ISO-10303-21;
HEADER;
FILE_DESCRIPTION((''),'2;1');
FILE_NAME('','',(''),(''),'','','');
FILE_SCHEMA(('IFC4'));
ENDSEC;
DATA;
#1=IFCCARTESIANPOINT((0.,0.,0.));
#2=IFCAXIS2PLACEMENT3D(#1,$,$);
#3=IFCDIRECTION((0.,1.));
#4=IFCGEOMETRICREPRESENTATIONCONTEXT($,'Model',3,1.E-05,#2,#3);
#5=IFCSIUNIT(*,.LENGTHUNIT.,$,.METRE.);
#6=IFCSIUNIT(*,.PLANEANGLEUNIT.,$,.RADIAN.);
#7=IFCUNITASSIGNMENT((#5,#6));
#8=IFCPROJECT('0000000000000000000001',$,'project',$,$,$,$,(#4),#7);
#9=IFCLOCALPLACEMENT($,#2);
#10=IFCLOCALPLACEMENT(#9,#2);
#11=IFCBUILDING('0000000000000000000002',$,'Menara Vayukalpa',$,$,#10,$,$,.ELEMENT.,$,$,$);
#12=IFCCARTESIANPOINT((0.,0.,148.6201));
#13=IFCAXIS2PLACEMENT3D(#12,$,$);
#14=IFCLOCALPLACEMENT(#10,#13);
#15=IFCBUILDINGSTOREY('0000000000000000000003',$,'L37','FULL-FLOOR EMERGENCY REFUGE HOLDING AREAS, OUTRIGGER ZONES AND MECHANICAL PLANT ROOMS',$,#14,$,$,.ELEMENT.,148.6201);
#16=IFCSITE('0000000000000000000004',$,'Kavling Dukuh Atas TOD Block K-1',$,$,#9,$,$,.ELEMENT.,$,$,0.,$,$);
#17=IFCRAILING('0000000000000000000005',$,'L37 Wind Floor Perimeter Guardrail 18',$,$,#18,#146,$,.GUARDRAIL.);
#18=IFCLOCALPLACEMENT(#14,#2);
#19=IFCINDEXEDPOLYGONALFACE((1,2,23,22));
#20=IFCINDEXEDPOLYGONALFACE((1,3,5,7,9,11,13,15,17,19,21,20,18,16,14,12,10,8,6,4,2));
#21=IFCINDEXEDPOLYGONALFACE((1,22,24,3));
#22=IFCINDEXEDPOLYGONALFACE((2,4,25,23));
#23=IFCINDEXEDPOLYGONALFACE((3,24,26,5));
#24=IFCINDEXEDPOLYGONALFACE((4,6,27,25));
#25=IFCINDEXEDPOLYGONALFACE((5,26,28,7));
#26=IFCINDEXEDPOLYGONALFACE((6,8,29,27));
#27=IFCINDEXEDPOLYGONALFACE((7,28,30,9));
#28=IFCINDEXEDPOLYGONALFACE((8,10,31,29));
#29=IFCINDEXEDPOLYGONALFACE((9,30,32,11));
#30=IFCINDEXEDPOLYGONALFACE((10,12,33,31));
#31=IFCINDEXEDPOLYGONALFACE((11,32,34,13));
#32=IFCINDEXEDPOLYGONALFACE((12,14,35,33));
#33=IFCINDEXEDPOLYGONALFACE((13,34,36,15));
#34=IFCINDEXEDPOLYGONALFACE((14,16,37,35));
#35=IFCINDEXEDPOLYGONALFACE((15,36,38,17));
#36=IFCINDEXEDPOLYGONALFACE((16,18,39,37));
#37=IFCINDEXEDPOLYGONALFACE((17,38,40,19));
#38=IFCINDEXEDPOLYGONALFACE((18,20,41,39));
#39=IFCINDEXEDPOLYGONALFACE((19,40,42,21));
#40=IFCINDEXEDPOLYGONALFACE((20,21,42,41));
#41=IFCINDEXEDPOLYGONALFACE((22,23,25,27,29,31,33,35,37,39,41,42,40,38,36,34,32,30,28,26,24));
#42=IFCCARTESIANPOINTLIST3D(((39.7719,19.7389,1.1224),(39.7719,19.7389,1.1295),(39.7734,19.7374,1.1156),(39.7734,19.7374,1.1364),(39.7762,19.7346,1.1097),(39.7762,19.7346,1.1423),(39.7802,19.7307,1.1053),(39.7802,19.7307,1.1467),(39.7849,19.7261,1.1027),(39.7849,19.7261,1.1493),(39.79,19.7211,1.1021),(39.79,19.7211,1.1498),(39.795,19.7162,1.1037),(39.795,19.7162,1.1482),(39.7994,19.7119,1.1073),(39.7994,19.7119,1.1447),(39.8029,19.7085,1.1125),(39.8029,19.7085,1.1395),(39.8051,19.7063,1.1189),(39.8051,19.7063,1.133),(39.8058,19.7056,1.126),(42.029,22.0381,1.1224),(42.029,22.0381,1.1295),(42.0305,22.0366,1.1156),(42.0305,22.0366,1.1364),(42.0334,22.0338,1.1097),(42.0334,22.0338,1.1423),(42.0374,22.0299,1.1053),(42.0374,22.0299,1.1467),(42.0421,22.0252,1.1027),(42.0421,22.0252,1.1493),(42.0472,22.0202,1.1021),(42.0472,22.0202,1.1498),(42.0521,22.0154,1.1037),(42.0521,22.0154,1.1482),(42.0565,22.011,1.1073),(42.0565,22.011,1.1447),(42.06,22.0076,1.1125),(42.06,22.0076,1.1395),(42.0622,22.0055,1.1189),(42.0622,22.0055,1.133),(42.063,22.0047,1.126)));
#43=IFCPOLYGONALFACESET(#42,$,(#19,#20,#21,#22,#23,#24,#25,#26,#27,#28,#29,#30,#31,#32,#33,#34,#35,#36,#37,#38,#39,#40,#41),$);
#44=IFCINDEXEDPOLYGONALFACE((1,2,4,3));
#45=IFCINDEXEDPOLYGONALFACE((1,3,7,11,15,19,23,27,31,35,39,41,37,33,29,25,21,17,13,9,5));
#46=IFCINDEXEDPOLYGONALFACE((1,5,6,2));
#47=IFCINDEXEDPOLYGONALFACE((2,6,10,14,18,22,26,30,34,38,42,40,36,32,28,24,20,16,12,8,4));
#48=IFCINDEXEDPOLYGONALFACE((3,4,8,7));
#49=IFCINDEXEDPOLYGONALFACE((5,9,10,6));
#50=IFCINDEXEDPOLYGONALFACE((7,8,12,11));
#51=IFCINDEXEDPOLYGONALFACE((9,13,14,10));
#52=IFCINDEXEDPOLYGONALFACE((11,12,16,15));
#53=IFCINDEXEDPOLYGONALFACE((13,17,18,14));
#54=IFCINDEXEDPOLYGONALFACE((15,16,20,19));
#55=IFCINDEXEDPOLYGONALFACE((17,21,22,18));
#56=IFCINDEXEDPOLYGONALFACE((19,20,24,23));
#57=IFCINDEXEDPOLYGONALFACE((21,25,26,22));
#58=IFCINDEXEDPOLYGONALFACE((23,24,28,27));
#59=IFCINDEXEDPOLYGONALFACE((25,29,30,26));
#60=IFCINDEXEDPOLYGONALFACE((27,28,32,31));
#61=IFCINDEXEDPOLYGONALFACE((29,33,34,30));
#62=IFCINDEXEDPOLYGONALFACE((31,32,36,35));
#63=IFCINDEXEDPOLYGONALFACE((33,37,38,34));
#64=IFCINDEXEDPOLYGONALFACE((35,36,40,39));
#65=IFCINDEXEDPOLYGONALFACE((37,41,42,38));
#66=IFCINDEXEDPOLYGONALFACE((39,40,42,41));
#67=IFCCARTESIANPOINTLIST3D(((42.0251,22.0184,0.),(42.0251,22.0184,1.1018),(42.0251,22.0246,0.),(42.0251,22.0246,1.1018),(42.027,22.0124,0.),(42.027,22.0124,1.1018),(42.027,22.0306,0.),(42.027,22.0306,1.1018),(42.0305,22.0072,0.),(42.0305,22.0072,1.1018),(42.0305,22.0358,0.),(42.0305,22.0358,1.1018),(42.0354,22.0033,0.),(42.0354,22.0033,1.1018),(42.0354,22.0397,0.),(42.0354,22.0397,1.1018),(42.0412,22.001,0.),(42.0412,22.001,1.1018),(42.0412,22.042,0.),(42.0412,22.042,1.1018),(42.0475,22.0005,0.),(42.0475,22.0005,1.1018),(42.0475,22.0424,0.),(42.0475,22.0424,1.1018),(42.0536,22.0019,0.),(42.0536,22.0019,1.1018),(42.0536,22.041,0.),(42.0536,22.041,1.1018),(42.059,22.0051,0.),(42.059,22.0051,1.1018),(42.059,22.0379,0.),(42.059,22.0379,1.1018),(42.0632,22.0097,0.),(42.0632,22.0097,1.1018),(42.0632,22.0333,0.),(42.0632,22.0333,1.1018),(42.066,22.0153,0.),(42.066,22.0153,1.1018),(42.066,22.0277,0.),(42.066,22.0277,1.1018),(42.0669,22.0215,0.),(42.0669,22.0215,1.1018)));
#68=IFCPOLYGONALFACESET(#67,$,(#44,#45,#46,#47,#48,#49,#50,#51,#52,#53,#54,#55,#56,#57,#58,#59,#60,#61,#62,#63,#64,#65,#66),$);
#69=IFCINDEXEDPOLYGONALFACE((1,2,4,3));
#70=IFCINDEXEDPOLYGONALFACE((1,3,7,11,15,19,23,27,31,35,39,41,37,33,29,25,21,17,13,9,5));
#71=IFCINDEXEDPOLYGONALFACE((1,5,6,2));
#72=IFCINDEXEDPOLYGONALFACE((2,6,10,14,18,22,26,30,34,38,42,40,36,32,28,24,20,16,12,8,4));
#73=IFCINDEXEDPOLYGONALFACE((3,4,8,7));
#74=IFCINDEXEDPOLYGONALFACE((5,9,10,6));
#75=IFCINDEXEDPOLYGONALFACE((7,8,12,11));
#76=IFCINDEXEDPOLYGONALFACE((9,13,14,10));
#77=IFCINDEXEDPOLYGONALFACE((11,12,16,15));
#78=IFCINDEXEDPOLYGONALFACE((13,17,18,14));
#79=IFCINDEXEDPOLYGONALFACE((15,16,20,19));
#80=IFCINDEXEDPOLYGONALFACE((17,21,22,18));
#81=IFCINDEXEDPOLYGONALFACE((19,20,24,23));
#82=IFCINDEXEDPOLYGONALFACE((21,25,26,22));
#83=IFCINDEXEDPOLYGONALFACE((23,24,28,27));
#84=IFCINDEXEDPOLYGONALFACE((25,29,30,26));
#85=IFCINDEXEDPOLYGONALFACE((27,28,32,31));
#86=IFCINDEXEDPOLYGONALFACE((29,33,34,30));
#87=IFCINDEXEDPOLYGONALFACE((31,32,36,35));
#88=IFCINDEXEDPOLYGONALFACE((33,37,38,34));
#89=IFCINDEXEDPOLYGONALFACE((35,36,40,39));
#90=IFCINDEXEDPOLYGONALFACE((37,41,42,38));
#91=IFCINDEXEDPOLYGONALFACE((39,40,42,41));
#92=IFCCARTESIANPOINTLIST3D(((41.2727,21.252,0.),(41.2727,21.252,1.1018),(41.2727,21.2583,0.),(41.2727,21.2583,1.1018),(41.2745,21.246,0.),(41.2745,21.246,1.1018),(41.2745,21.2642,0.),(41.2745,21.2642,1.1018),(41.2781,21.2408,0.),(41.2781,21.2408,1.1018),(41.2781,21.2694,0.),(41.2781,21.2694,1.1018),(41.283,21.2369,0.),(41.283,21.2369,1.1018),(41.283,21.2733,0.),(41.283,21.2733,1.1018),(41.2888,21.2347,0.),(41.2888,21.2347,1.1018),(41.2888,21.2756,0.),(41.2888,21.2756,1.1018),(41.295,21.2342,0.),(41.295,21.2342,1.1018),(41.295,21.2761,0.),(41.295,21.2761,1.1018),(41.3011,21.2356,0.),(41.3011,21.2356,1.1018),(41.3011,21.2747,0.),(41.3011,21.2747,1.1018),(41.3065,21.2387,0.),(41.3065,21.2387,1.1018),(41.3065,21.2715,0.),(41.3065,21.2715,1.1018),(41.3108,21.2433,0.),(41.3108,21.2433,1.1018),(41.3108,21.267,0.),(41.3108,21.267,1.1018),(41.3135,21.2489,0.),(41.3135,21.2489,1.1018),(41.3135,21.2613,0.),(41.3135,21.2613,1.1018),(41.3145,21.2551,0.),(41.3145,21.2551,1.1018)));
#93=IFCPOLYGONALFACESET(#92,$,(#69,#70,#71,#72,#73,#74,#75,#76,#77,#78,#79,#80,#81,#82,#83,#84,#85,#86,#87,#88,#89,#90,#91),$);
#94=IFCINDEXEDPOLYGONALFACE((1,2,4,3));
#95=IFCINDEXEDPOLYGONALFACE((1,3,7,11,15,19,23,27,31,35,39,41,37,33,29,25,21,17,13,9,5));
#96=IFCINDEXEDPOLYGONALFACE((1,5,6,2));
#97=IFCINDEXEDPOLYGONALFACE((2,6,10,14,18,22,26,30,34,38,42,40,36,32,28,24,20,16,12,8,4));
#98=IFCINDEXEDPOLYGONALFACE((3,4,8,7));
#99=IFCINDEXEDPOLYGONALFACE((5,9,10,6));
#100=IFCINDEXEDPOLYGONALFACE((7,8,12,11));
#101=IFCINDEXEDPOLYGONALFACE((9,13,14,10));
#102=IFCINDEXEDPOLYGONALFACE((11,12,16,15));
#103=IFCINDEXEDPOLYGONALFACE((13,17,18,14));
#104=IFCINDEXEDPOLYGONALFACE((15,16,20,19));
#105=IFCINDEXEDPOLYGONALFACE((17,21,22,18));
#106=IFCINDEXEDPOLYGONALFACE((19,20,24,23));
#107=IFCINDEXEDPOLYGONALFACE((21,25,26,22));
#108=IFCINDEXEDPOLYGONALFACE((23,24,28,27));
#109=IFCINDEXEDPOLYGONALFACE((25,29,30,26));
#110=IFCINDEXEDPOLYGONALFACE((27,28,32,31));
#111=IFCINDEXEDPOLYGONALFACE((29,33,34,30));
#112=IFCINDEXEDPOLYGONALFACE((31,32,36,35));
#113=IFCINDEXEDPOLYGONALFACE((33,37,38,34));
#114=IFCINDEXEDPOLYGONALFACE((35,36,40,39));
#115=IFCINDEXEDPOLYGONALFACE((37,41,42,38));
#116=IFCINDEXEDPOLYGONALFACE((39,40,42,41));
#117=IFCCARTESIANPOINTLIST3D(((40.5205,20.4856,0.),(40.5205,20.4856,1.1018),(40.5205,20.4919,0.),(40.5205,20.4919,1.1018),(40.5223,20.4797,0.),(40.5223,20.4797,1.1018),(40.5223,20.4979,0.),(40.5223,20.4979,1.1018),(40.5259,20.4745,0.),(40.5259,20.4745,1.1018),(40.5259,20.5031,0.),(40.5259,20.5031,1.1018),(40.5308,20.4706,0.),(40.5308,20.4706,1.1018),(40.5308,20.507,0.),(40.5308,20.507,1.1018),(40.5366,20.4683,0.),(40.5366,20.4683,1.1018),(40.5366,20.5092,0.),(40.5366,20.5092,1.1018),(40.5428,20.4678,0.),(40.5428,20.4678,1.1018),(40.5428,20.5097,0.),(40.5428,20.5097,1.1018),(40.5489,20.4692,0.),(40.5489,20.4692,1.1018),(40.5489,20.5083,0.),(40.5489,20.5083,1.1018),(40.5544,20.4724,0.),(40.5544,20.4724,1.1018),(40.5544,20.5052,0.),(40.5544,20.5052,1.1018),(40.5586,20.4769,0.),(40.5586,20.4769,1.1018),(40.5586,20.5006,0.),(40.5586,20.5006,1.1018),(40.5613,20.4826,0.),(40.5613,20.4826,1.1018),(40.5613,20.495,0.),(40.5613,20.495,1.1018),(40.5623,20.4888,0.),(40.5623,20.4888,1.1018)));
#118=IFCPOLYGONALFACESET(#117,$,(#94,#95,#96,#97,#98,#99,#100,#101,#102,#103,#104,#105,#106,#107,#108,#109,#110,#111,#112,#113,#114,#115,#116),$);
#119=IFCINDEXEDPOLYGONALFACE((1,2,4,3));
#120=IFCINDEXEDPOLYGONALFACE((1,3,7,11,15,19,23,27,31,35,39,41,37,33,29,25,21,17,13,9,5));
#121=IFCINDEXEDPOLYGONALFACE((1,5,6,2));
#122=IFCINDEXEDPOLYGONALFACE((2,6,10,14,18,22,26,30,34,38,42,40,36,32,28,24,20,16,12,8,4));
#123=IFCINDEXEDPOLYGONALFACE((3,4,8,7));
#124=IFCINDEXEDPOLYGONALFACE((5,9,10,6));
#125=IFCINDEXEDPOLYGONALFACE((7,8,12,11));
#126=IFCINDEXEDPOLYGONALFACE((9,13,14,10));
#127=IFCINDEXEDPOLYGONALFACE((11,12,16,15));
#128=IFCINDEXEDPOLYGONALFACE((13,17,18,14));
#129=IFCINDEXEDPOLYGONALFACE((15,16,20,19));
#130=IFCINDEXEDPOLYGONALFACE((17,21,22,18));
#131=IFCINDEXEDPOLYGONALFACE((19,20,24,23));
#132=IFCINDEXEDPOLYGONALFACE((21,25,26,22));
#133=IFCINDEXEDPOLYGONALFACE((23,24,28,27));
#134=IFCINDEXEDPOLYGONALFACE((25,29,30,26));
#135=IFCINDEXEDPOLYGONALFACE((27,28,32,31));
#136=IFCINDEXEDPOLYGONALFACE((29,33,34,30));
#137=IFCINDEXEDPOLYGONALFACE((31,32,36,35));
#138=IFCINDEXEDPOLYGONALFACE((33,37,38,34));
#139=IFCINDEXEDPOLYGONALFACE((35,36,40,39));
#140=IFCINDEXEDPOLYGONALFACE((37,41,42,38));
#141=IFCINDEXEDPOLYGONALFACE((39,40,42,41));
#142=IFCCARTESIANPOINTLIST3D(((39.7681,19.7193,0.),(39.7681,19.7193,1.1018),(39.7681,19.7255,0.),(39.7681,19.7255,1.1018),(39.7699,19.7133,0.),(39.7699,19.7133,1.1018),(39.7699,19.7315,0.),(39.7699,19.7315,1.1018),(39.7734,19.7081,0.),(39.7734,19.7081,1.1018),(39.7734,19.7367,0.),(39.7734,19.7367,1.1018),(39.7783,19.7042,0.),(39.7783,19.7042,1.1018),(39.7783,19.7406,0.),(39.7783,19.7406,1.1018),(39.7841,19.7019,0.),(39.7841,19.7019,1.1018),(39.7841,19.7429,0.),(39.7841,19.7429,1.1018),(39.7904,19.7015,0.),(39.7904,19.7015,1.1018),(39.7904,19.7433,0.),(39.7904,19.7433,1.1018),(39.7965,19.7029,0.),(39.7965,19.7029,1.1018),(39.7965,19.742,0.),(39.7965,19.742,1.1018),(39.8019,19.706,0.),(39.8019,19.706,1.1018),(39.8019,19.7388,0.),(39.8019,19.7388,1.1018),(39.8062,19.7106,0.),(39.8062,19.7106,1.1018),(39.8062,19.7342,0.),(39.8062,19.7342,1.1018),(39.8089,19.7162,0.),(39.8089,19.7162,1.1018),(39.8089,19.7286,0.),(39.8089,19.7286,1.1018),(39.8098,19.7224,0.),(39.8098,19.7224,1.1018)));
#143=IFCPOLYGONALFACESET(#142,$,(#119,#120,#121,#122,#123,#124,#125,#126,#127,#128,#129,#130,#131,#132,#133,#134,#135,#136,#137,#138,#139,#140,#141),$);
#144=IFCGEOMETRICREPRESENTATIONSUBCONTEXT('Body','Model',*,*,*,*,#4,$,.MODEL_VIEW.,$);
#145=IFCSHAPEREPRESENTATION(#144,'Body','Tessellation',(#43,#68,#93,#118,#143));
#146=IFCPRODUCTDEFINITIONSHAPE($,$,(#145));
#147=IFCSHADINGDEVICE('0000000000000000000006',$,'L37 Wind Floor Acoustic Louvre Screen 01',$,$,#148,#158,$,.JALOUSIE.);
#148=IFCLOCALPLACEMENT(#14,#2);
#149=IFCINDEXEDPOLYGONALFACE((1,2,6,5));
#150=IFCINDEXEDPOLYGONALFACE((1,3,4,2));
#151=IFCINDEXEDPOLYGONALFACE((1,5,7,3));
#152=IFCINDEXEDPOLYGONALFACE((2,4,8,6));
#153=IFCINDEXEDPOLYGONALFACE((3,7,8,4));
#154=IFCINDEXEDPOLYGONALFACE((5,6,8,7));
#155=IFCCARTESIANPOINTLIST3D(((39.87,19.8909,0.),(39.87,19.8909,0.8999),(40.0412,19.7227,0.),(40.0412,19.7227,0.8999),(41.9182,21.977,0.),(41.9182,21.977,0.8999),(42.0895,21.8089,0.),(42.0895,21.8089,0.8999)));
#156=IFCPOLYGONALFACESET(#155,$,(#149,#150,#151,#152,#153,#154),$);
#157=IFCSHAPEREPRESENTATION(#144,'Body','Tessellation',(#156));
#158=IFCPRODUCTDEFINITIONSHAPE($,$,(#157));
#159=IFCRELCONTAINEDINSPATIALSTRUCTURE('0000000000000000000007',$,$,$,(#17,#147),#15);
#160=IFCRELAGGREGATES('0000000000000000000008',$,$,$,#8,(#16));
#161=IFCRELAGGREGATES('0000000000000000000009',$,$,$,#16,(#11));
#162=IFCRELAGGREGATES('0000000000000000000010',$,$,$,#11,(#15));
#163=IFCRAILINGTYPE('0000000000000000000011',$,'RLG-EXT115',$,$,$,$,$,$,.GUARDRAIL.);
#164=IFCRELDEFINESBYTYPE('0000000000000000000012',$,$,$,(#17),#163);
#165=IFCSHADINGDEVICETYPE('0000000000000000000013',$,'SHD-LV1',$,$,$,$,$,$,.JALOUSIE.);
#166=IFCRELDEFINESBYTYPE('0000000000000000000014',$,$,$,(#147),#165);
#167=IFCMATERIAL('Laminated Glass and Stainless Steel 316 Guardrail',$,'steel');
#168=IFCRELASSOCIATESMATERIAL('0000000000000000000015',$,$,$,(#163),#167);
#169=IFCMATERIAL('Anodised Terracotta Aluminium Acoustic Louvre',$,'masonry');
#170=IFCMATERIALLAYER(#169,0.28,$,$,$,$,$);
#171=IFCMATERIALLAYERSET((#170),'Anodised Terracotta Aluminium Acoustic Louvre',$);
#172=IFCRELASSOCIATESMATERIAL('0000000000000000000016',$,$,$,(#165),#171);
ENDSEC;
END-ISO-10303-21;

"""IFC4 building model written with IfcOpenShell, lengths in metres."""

from ifc_helpers import new_model, si_unit, direction, frame, origin, origin_2d, place, context, subcontext, project, spatial, rectangle, circle, extrude, material, layer, layer_set, type_object, element, save


model = new_model("IFC4")

# Units and contexts
model_context = context("Model", 3, precision=1e-05, world=origin(), true_north=direction((0.0, 1.0)))
body_context = subcontext(model_context, "Body", "Model", "MODEL_VIEW")
ifc_project = project(units=[si_unit("LENGTHUNIT", "METRE"), si_unit("PLANEANGLEUNIT", "RADIAN")], contexts=[model_context])

# Site, building, storey
site_placement = place(None, origin())
site = spatial("IfcSite", under=ifc_project, at=site_placement, Name="Kavling Dukuh Atas TOD Block K-1", CompositionType="ELEMENT", RefElevation=0.0)
building_placement = place(site_placement, origin())
building = spatial("IfcBuilding", under=site, at=building_placement, Name="Menara Vayukalpa", CompositionType="ELEMENT")
storey_placement = place(building_placement, frame((0.0, 0.0, 148.6201)))
storey = spatial("IfcBuildingStorey", under=building, at=storey_placement, Name="L37", Description="FULL-FLOOR EMERGENCY REFUGE HOLDING AREAS, OUTRIGGER ZONES AND MECHANICAL PLANT ROOMS", CompositionType="ELEMENT", Elevation=148.6201)

# Railing
ifc_material_1 = material(Name="Laminated Glass and Stainless Steel 316 Guardrail", Category="steel")
railing_type = type_object("IfcRailingType", Name="RLG-EXT115", PredefinedType="GUARDRAIL", material=ifc_material_1)
railing_1_placement = place(storey_placement, frame((42.0459, 22.0215, 0.0)))
element("IfcRailing", 1, at=railing_1_placement, inside=storey, type_object=railing_type, Name="L37 Wind Floor Perimeter Guardrail 18", PredefinedType="GUARDRAIL", context=body_context, shape_type="SweptSolid", body=[
    extrude(circle(Radius=0.0239, at=origin_2d()), frame((0.0, 0.0, 1.126), z_axis=(-0.70056, -0.713594, 0.0), x_axis=(0.713594, -0.70056, 0.0)), (0.0, 0.0, 1.0), 3.2219),
    extrude(circle(Radius=0.021, at=origin_2d()), origin(), (0.0, 0.0, 1.0), 1.1018),
    extrude(circle(Radius=0.021, at=origin_2d()), frame((-0.7524, -0.7664, 0.0)), (0.0, 0.0, 1.0), 1.1018),
    extrude(circle(Radius=0.021, at=origin_2d()), frame((-1.5046, -1.5327, 0.0)), (0.0, 0.0, 1.0), 1.1018),
    extrude(circle(Radius=0.021, at=origin_2d()), frame((-2.2571, -2.2991, 0.0)), (0.0, 0.0, 1.0), 1.1018),
])

# Shading device
ifc_material_2 = material(Name="Anodised Terracotta Aluminium Acoustic Louvre", Category="masonry")
ifc_layer_1 = layer(ifc_material_2, 0.28)
ifc_layer_set_1 = layer_set([ifc_layer_1], Name="Anodised Terracotta Aluminium Acoustic Louvre")
shading_device_type = type_object("IfcShadingDeviceType", Name="SHD-LV1", PredefinedType="JALOUSIE", material=ifc_layer_set_1)
shading_device_placement = place(storey_placement, frame((40.9797, 20.8499, 0.0), z_axis=(0.0, 0.0, 1.0), x_axis=(0.700598, 0.713556, 0.0)))
element("IfcShadingDevice", 2, at=shading_device_placement, inside=storey, type_object=shading_device_type, Name="L37 Wind Floor Acoustic Louvre Screen 01", PredefinedType="JALOUSIE", context=body_context, shape_type="SweptSolid", body=[
    extrude(rectangle(XDim=2.9236, YDim=0.24, at=origin_2d()), origin(), (0.0, 0.0, 1.0), 0.8999),
])

save(model, "model.ifc")
